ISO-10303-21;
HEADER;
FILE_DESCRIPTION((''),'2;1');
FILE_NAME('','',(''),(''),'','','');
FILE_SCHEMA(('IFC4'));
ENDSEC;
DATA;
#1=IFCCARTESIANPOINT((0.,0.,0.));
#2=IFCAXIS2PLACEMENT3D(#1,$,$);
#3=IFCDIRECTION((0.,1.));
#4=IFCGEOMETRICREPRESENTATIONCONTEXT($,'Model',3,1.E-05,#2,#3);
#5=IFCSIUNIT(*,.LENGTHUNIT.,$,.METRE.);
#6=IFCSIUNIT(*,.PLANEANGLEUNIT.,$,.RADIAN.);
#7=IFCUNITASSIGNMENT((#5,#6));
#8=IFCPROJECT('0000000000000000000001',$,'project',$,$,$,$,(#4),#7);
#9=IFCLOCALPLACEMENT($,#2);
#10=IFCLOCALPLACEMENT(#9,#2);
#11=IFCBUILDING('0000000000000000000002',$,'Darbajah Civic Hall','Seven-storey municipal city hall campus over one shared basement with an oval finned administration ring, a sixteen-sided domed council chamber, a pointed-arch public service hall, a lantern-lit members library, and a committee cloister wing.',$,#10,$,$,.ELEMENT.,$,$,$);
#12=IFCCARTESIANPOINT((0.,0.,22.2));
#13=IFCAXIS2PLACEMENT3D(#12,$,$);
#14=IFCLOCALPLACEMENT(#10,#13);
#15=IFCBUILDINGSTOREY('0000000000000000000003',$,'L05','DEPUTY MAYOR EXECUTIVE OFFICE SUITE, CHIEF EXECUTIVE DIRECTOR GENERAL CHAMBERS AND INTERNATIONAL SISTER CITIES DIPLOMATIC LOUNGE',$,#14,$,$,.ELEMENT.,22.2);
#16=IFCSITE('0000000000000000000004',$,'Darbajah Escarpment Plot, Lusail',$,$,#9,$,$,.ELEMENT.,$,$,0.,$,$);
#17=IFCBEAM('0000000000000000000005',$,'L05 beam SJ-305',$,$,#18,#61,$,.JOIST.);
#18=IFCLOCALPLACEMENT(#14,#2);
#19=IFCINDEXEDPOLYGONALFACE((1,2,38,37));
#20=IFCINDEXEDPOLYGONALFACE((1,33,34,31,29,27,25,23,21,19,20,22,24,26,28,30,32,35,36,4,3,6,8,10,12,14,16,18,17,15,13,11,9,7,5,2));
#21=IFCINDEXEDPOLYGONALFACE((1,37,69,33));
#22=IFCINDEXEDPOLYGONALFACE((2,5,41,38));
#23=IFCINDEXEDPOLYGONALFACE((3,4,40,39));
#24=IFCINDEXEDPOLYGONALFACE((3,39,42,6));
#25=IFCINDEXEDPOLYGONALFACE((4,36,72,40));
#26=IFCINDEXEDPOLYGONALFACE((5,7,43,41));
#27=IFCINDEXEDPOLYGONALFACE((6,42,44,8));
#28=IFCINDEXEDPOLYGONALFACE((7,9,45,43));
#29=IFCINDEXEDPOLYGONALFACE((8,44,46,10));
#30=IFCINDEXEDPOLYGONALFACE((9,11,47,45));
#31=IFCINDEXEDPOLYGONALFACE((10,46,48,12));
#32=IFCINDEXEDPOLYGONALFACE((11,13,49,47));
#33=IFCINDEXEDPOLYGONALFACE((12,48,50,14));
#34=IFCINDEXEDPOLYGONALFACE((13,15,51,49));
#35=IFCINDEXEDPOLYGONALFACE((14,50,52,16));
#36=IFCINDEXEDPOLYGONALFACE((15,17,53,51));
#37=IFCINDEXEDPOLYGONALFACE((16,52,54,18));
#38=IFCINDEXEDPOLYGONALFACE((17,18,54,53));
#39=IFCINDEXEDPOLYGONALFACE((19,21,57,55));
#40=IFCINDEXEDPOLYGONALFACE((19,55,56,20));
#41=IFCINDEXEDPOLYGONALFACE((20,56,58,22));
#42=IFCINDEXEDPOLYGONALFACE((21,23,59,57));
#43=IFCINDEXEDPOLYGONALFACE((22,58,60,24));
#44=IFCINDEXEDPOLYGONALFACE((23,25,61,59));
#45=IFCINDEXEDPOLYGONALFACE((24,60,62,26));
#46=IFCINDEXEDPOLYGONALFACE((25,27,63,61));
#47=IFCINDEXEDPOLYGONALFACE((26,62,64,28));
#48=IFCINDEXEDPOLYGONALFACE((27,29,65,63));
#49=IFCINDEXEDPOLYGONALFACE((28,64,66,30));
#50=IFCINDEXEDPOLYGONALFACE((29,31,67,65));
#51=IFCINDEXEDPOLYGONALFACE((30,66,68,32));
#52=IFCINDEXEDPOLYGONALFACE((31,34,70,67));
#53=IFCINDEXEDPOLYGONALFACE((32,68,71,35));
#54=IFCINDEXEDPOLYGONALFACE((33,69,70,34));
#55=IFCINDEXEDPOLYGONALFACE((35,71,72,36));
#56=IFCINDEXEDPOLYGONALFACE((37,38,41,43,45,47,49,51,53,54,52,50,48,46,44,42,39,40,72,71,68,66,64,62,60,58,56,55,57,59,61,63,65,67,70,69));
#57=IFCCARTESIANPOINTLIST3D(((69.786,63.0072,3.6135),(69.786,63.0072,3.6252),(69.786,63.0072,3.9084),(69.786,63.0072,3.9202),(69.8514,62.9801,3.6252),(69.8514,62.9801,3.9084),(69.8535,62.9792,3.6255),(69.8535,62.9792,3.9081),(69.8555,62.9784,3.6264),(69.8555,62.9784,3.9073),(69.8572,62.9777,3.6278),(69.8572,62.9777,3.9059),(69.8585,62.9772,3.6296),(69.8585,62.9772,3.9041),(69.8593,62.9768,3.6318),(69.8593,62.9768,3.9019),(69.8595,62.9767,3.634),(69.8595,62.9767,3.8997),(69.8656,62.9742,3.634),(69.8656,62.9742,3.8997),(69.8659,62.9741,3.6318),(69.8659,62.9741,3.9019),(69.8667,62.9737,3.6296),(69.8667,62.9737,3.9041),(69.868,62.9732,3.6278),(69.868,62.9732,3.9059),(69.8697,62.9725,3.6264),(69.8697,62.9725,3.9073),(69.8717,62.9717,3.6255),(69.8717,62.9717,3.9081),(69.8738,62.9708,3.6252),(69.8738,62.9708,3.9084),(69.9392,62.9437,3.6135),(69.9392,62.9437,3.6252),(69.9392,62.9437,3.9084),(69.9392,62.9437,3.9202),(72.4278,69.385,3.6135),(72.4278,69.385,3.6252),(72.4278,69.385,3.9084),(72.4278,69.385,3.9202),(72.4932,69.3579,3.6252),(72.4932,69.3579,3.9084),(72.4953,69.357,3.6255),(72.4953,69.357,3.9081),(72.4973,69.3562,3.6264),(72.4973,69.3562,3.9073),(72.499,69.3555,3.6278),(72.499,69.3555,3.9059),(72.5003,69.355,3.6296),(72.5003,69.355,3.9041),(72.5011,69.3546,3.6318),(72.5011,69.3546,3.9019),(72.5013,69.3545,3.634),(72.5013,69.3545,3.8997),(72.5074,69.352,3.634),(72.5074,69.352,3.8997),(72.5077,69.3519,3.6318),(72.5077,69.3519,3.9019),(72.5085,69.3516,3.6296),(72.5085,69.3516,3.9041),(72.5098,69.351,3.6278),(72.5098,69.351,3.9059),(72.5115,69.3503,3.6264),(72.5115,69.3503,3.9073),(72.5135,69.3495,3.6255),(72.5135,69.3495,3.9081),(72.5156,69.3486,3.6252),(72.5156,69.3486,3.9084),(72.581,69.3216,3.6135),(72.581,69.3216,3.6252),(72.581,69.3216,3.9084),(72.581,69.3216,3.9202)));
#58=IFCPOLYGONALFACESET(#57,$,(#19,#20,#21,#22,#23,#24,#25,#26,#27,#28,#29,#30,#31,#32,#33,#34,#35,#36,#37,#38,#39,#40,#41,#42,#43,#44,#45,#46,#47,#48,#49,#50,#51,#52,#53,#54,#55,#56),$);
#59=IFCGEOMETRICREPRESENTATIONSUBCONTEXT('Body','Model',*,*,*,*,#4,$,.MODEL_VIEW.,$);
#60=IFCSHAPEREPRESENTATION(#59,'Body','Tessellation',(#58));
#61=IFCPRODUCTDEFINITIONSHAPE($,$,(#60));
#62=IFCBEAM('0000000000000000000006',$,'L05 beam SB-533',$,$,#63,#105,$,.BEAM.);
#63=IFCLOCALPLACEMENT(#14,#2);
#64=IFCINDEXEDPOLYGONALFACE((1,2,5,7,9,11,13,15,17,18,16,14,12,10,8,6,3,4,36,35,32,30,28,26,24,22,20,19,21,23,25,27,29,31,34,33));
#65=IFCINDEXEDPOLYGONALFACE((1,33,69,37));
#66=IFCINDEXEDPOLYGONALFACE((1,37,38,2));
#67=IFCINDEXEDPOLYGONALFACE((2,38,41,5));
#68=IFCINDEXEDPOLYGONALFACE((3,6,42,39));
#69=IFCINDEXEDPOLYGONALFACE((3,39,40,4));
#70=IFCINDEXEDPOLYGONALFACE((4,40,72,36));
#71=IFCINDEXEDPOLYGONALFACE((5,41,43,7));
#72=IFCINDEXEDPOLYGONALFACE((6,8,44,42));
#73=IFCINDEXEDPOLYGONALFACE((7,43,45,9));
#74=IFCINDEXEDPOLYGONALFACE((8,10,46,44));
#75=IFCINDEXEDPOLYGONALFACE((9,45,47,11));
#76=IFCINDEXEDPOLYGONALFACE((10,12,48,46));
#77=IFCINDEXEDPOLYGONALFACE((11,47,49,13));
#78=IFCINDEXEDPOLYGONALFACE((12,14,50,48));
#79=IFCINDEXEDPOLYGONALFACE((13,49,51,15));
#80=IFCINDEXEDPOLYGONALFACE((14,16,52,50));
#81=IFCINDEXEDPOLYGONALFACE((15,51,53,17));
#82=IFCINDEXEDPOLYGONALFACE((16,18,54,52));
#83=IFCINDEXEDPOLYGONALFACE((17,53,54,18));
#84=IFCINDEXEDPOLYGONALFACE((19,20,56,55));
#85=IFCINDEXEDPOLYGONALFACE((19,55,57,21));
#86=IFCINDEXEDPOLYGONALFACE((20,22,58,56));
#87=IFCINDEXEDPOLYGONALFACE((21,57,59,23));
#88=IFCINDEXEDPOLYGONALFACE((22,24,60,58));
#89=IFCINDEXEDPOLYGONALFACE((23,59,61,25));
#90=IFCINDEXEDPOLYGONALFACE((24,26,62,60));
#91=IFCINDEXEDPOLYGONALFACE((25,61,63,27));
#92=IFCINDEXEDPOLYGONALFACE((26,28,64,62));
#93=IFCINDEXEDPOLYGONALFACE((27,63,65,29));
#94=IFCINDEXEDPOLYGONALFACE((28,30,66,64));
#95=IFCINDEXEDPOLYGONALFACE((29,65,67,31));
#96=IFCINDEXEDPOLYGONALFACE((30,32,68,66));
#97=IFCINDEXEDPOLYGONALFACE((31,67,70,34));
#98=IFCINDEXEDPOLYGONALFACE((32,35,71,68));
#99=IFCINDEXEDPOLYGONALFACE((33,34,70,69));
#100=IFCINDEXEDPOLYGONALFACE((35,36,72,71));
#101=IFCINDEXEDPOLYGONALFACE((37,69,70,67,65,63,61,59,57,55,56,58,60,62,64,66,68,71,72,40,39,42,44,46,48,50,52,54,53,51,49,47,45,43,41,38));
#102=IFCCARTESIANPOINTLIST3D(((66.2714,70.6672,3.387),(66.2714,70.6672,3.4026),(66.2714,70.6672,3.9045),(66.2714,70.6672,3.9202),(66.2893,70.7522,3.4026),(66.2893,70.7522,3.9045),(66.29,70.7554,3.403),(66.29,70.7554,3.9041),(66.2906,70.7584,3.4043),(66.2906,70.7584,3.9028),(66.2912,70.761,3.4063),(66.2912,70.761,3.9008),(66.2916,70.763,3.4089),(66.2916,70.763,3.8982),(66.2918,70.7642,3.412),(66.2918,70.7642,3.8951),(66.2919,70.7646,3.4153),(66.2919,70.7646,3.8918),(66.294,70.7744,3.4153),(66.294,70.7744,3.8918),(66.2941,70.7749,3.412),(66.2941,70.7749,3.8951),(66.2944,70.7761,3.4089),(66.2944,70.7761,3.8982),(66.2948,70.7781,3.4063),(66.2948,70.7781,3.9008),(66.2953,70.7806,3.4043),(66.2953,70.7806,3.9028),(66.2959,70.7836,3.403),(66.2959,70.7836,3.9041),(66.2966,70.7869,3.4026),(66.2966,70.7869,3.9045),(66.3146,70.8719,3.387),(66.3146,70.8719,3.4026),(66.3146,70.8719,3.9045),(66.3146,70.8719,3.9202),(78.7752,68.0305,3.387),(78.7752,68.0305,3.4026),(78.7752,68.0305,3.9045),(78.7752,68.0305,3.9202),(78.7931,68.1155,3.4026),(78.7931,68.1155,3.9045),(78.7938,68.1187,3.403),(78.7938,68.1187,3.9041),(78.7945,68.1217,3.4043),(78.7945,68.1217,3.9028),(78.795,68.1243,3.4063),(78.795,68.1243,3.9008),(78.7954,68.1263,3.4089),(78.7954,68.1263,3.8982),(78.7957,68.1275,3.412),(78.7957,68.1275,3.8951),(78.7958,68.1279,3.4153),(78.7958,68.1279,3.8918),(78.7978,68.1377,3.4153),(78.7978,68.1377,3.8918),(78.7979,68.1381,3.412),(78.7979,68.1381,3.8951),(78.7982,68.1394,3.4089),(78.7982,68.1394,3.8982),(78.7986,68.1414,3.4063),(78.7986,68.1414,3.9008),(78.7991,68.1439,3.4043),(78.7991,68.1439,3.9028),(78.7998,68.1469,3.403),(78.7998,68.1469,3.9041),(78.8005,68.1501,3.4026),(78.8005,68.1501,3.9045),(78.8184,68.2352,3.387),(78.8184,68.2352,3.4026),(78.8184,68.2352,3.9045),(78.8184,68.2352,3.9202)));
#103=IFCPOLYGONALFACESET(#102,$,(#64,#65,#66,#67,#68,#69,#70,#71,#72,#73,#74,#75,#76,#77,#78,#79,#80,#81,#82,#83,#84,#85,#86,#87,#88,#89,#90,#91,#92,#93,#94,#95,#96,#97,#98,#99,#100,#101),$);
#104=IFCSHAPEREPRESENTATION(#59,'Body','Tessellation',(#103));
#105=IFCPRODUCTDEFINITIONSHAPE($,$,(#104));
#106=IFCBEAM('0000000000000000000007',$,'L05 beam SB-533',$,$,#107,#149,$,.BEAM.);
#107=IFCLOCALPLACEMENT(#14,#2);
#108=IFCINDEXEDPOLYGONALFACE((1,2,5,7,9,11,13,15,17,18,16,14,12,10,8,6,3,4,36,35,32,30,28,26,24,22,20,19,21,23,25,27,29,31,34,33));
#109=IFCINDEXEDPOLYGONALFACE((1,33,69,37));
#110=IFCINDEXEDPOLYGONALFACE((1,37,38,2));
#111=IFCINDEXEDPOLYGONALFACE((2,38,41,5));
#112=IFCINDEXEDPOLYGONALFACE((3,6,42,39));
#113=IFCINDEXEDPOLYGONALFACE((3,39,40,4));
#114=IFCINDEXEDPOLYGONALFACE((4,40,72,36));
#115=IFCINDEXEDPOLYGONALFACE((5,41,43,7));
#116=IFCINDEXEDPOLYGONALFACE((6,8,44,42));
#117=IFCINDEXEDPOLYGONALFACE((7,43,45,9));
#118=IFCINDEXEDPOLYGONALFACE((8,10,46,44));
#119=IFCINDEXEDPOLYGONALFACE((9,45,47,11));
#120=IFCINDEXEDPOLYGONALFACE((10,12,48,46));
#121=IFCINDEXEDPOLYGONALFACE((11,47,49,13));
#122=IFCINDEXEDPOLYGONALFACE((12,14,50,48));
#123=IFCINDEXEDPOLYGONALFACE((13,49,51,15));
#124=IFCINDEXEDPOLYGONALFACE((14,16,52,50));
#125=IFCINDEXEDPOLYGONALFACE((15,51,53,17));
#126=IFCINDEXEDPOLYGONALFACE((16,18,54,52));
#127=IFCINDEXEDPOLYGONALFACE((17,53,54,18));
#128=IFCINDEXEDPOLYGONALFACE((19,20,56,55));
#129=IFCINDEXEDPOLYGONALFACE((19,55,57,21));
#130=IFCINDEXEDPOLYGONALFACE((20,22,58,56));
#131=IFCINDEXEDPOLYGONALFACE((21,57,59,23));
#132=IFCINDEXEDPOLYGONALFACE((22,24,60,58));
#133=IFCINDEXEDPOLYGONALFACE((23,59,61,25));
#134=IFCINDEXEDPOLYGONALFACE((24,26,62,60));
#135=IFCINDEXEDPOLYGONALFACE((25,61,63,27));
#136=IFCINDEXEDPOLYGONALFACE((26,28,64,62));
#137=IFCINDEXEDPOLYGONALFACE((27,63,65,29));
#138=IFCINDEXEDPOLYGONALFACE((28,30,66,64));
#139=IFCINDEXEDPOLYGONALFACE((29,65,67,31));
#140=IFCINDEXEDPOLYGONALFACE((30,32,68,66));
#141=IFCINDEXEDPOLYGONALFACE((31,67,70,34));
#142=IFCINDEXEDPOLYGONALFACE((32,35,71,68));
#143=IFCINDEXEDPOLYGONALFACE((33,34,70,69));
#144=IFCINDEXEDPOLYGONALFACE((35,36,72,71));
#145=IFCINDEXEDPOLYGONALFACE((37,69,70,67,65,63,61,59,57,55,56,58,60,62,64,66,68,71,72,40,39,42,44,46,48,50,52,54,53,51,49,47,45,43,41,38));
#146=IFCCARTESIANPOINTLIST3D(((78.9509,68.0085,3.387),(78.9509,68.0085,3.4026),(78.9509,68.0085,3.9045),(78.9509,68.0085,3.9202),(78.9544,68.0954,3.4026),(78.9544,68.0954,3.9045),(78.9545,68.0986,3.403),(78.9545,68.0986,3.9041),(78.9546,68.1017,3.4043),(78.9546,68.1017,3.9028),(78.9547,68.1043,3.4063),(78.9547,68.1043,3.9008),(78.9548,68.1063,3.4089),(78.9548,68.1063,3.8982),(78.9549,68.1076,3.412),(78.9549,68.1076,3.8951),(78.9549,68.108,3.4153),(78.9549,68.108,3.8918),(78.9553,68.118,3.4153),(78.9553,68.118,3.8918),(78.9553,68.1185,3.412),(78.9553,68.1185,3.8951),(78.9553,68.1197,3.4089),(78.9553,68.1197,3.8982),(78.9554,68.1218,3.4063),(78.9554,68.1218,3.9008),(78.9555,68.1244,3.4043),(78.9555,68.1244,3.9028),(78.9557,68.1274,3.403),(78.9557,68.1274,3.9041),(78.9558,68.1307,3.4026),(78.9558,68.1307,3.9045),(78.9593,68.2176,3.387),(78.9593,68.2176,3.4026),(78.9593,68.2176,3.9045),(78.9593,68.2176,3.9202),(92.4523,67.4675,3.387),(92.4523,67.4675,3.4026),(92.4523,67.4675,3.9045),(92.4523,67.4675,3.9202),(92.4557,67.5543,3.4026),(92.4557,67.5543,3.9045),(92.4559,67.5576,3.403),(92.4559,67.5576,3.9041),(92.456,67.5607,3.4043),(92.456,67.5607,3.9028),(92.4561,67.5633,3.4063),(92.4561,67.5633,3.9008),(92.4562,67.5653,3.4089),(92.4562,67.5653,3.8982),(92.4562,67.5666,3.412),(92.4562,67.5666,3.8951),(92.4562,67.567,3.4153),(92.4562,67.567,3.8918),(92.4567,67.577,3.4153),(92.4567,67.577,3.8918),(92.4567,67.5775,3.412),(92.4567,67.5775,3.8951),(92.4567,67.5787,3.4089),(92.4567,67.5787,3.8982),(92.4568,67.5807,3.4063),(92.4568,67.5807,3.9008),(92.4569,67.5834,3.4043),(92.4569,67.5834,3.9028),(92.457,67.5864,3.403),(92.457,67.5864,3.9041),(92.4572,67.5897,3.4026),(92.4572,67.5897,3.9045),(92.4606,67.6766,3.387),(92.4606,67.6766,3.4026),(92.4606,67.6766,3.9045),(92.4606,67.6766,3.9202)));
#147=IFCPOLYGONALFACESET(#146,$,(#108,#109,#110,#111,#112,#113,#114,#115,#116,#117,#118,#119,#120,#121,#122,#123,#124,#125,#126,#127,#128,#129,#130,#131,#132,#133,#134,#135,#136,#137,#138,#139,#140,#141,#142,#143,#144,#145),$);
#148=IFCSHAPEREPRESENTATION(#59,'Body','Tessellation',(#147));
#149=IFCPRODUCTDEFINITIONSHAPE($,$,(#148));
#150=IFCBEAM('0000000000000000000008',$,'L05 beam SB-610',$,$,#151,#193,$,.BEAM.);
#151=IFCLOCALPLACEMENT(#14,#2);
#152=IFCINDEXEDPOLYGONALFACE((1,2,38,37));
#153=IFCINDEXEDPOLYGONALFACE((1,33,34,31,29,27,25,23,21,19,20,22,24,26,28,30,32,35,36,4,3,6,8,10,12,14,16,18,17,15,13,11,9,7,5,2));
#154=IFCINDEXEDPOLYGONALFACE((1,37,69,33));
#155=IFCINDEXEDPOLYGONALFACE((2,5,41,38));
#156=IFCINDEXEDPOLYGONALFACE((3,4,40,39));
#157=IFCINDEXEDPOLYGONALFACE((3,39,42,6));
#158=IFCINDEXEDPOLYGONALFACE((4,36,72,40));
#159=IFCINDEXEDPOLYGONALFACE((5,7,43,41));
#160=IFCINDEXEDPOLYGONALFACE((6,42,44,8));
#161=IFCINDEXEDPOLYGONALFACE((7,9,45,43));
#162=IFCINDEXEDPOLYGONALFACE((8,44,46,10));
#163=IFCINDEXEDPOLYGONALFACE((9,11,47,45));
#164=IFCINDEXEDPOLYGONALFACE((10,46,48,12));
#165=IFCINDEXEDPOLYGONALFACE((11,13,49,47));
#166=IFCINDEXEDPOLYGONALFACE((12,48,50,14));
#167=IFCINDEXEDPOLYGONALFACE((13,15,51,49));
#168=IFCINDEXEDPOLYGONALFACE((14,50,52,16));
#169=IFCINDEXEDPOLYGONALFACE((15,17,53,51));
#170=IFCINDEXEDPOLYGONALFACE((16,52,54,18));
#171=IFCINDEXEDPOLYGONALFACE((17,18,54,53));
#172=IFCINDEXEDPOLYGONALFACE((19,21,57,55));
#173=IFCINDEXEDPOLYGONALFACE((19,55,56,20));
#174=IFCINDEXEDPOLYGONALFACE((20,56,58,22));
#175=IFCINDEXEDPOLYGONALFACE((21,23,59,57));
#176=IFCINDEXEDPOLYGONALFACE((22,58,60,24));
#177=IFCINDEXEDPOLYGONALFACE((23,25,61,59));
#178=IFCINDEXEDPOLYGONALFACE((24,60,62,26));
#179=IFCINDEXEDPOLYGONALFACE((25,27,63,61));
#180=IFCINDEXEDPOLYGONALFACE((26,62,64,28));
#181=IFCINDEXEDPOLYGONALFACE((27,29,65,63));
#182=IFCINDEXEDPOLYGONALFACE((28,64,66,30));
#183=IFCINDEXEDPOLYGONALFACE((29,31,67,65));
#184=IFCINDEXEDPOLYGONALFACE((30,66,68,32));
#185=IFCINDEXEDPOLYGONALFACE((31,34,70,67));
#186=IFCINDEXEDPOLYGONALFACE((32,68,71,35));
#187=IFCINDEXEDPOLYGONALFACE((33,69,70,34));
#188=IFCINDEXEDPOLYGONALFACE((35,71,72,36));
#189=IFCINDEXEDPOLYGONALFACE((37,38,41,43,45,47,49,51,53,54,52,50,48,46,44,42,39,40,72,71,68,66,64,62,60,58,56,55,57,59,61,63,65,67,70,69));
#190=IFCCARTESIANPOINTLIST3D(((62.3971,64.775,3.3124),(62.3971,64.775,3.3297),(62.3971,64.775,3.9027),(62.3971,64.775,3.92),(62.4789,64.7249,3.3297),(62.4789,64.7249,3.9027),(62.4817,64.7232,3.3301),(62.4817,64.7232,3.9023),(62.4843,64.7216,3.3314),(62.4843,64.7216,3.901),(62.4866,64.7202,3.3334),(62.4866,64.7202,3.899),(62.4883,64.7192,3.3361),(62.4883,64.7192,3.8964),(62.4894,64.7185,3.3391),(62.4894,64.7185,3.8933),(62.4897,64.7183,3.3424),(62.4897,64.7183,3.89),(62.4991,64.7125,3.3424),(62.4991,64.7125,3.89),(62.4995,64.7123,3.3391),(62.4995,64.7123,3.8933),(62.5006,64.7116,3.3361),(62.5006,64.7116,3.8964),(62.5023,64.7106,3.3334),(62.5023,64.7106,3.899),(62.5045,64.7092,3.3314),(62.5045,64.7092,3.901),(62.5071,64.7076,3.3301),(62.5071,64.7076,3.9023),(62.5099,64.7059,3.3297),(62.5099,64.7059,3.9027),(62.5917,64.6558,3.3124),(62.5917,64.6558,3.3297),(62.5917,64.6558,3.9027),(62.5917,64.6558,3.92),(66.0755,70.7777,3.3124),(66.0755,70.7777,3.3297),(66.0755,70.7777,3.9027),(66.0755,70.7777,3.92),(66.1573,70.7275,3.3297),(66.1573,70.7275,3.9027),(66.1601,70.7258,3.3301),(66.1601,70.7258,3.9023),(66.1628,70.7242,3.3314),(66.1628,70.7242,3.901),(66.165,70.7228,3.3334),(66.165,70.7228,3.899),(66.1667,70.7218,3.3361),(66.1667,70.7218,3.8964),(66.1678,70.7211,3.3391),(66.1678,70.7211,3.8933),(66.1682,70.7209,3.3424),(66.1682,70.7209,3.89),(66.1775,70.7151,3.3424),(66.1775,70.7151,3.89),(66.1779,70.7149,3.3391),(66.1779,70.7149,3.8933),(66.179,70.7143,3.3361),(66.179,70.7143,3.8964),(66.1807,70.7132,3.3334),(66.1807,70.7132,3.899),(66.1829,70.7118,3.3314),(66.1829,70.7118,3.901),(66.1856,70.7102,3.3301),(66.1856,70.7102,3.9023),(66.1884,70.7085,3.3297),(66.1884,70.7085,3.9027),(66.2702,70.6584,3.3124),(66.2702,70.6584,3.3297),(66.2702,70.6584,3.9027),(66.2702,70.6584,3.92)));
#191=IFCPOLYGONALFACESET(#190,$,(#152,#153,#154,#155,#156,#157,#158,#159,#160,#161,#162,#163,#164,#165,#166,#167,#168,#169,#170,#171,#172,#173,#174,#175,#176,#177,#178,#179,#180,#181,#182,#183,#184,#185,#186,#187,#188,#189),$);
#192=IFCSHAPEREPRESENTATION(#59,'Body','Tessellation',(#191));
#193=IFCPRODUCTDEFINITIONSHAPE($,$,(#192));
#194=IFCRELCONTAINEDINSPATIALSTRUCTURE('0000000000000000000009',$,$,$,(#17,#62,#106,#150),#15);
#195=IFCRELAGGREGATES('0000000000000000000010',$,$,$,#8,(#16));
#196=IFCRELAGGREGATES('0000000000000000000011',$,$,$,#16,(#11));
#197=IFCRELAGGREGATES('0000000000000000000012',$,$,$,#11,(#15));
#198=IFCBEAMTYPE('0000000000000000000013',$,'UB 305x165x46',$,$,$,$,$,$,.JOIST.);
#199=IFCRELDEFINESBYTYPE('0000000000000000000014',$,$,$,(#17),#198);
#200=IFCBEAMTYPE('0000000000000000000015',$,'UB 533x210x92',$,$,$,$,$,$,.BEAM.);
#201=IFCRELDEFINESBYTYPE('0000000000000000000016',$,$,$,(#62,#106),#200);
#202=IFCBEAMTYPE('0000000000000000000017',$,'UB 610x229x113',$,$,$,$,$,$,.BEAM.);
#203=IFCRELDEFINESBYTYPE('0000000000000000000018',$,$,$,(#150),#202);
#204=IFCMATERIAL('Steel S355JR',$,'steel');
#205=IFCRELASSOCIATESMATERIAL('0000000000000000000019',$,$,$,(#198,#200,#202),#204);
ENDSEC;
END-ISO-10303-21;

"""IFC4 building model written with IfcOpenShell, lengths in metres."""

from ifc_helpers import new_model, si_unit, direction, frame, origin, origin_2d, place, context, subcontext, project, spatial, i_section, extrude, material, material_profile, profile_set, type_object, element, save


model = new_model("IFC4")

# Units and contexts
model_context = context("Model", 3, precision=1e-05, world=origin(), true_north=direction((0.0, 1.0)))
body_context = subcontext(model_context, "Body", "Model", "MODEL_VIEW")
ifc_project = project(units=[si_unit("LENGTHUNIT", "METRE"), si_unit("PLANEANGLEUNIT", "RADIAN")], contexts=[model_context])

# Site, building, storey
site_placement = place(None, origin())
site = spatial("IfcSite", under=ifc_project, at=site_placement, Name="Darbajah Escarpment Plot, Lusail", CompositionType="ELEMENT", RefElevation=0.0)
building_placement = place(site_placement, origin())
building = spatial("IfcBuilding", under=site, at=building_placement, Name="Darbajah Civic Hall", Description="Seven-storey municipal city hall campus over one shared basement with an oval finned administration ring, a sixteen-sided domed council chamber, a pointed-arch public service hall, a lantern-lit members library, and a committee cloister wing.", CompositionType="ELEMENT")
storey_placement = place(building_placement, frame((0.0, 0.0, 22.2)))
storey = spatial("IfcBuildingStorey", under=building, at=storey_placement, Name="L05", Description="DEPUTY MAYOR EXECUTIVE OFFICE SUITE, CHIEF EXECUTIVE DIRECTOR GENERAL CHAMBERS AND INTERNATIONAL SISTER CITIES DIPLOMATIC LOUNGE", CompositionType="ELEMENT", Elevation=22.2)

# Beams
ifc_material_1 = material(Name="Steel S355JR", Category="steel")
ifc_material_profile_1 = material_profile(ifc_material_1, i_section(OverallWidth=0.1658, OverallDepth=0.3066, WebThickness=0.0066, FlangeThickness=0.0117, FilletRadius=0.0088, at=origin_2d()), Name="UB 305x165x46")
ifc_profile_set_1 = profile_set([ifc_material_profile_1], Name="Steel S355JR")
beam_type_1 = type_object("IfcBeamType", Name="UB 305x165x46", PredefinedType="JOIST", material=ifc_profile_set_1)
beam_1_placement = place(storey_placement, frame((72.5044, 69.3533, 3.7668), z_axis=(-0.382686, -0.923878, 0.0), x_axis=(0.923878, -0.382686, 0.0)))
element("IfcBeam", 1, at=beam_1_placement, inside=storey, type_object=beam_type_1, Name="L05 beam SJ-305", PredefinedType="JOIST", context=body_context, shape_type="SweptSolid", body=[
    extrude(i_section(OverallWidth=0.1658, OverallDepth=0.3066, WebThickness=0.0066, FlangeThickness=0.0117, FilletRadius=0.0088, at=origin_2d()), origin(), (0.0, 0.0, 1.0), 6.9033),
])
ifc_material_profile_2 = material_profile(ifc_material_1, i_section(OverallWidth=0.2092, OverallDepth=0.5332, WebThickness=0.01, FlangeThickness=0.0156, FilletRadius=0.0127, at=origin_2d()), Name="UB 533x210x92")
ifc_profile_set_2 = profile_set([ifc_material_profile_2], Name="Steel S355JR")
beam_type_2 = type_object("IfcBeamType", Name="UB 533x210x92", PredefinedType="BEAM", material=ifc_profile_set_2)
beam_2_placement = place(storey_placement, frame((66.293, 70.7695, 3.6536), z_axis=(0.978482, -0.206334, 0.0), x_axis=(0.206334, 0.978482, 0.0)))
element("IfcBeam", 2, at=beam_2_placement, inside=storey, type_object=beam_type_2, Name="L05 beam SB-533", PredefinedType="BEAM", context=body_context, shape_type="SweptSolid", body=[
    extrude(i_section(OverallWidth=0.2092, OverallDepth=0.5332, WebThickness=0.01, FlangeThickness=0.0156, FilletRadius=0.0127, at=origin_2d()), origin(), (0.0, 0.0, 1.0), 12.7788),
])
beam_3_placement = place(storey_placement, frame((78.9551, 68.113, 3.6536), z_axis=(0.999198, -0.040039, 0.0), x_axis=(0.040039, 0.999198, 0.0)))
element("IfcBeam", 3, at=beam_3_placement, inside=storey, type_object=beam_type_2, Name="L05 beam SB-533", PredefinedType="BEAM", context=body_context, shape_type="SweptSolid", body=[
    extrude(i_section(OverallWidth=0.2092, OverallDepth=0.5332, WebThickness=0.01, FlangeThickness=0.0156, FilletRadius=0.0127, at=origin_2d()), origin(), (0.0, 0.0, 1.0), 13.5122),
])
ifc_material_profile_3 = material_profile(ifc_material_1, i_section(OverallWidth=0.2283, OverallDepth=0.6077, WebThickness=0.011, FlangeThickness=0.0173, FilletRadius=0.0127, at=origin_2d()), Name="UB 610x229x113")
ifc_profile_set_3 = profile_set([ifc_material_profile_3], Name="Steel S355JR")
beam_type_3 = type_object("IfcBeamType", Name="UB 610x229x113", PredefinedType="BEAM", material=ifc_profile_set_3)
beam_4_placement = place(storey_placement, frame((66.1729, 70.718, 3.6162), z_axis=(-0.5225, -0.852639, 0.0), x_axis=(0.852639, -0.5225, 0.0)))
element("IfcBeam", 4, at=beam_4_placement, inside=storey, type_object=beam_type_3, Name="L05 beam SB-610", PredefinedType="BEAM", context=body_context, shape_type="SweptSolid", body=[
    extrude(i_section(OverallWidth=0.2283, OverallDepth=0.6077, WebThickness=0.011, FlangeThickness=0.0173, FilletRadius=0.0127, at=origin_2d()), origin(), (0.0, 0.0, 1.0), 7.04),
])

save(model, "model.ifc")
